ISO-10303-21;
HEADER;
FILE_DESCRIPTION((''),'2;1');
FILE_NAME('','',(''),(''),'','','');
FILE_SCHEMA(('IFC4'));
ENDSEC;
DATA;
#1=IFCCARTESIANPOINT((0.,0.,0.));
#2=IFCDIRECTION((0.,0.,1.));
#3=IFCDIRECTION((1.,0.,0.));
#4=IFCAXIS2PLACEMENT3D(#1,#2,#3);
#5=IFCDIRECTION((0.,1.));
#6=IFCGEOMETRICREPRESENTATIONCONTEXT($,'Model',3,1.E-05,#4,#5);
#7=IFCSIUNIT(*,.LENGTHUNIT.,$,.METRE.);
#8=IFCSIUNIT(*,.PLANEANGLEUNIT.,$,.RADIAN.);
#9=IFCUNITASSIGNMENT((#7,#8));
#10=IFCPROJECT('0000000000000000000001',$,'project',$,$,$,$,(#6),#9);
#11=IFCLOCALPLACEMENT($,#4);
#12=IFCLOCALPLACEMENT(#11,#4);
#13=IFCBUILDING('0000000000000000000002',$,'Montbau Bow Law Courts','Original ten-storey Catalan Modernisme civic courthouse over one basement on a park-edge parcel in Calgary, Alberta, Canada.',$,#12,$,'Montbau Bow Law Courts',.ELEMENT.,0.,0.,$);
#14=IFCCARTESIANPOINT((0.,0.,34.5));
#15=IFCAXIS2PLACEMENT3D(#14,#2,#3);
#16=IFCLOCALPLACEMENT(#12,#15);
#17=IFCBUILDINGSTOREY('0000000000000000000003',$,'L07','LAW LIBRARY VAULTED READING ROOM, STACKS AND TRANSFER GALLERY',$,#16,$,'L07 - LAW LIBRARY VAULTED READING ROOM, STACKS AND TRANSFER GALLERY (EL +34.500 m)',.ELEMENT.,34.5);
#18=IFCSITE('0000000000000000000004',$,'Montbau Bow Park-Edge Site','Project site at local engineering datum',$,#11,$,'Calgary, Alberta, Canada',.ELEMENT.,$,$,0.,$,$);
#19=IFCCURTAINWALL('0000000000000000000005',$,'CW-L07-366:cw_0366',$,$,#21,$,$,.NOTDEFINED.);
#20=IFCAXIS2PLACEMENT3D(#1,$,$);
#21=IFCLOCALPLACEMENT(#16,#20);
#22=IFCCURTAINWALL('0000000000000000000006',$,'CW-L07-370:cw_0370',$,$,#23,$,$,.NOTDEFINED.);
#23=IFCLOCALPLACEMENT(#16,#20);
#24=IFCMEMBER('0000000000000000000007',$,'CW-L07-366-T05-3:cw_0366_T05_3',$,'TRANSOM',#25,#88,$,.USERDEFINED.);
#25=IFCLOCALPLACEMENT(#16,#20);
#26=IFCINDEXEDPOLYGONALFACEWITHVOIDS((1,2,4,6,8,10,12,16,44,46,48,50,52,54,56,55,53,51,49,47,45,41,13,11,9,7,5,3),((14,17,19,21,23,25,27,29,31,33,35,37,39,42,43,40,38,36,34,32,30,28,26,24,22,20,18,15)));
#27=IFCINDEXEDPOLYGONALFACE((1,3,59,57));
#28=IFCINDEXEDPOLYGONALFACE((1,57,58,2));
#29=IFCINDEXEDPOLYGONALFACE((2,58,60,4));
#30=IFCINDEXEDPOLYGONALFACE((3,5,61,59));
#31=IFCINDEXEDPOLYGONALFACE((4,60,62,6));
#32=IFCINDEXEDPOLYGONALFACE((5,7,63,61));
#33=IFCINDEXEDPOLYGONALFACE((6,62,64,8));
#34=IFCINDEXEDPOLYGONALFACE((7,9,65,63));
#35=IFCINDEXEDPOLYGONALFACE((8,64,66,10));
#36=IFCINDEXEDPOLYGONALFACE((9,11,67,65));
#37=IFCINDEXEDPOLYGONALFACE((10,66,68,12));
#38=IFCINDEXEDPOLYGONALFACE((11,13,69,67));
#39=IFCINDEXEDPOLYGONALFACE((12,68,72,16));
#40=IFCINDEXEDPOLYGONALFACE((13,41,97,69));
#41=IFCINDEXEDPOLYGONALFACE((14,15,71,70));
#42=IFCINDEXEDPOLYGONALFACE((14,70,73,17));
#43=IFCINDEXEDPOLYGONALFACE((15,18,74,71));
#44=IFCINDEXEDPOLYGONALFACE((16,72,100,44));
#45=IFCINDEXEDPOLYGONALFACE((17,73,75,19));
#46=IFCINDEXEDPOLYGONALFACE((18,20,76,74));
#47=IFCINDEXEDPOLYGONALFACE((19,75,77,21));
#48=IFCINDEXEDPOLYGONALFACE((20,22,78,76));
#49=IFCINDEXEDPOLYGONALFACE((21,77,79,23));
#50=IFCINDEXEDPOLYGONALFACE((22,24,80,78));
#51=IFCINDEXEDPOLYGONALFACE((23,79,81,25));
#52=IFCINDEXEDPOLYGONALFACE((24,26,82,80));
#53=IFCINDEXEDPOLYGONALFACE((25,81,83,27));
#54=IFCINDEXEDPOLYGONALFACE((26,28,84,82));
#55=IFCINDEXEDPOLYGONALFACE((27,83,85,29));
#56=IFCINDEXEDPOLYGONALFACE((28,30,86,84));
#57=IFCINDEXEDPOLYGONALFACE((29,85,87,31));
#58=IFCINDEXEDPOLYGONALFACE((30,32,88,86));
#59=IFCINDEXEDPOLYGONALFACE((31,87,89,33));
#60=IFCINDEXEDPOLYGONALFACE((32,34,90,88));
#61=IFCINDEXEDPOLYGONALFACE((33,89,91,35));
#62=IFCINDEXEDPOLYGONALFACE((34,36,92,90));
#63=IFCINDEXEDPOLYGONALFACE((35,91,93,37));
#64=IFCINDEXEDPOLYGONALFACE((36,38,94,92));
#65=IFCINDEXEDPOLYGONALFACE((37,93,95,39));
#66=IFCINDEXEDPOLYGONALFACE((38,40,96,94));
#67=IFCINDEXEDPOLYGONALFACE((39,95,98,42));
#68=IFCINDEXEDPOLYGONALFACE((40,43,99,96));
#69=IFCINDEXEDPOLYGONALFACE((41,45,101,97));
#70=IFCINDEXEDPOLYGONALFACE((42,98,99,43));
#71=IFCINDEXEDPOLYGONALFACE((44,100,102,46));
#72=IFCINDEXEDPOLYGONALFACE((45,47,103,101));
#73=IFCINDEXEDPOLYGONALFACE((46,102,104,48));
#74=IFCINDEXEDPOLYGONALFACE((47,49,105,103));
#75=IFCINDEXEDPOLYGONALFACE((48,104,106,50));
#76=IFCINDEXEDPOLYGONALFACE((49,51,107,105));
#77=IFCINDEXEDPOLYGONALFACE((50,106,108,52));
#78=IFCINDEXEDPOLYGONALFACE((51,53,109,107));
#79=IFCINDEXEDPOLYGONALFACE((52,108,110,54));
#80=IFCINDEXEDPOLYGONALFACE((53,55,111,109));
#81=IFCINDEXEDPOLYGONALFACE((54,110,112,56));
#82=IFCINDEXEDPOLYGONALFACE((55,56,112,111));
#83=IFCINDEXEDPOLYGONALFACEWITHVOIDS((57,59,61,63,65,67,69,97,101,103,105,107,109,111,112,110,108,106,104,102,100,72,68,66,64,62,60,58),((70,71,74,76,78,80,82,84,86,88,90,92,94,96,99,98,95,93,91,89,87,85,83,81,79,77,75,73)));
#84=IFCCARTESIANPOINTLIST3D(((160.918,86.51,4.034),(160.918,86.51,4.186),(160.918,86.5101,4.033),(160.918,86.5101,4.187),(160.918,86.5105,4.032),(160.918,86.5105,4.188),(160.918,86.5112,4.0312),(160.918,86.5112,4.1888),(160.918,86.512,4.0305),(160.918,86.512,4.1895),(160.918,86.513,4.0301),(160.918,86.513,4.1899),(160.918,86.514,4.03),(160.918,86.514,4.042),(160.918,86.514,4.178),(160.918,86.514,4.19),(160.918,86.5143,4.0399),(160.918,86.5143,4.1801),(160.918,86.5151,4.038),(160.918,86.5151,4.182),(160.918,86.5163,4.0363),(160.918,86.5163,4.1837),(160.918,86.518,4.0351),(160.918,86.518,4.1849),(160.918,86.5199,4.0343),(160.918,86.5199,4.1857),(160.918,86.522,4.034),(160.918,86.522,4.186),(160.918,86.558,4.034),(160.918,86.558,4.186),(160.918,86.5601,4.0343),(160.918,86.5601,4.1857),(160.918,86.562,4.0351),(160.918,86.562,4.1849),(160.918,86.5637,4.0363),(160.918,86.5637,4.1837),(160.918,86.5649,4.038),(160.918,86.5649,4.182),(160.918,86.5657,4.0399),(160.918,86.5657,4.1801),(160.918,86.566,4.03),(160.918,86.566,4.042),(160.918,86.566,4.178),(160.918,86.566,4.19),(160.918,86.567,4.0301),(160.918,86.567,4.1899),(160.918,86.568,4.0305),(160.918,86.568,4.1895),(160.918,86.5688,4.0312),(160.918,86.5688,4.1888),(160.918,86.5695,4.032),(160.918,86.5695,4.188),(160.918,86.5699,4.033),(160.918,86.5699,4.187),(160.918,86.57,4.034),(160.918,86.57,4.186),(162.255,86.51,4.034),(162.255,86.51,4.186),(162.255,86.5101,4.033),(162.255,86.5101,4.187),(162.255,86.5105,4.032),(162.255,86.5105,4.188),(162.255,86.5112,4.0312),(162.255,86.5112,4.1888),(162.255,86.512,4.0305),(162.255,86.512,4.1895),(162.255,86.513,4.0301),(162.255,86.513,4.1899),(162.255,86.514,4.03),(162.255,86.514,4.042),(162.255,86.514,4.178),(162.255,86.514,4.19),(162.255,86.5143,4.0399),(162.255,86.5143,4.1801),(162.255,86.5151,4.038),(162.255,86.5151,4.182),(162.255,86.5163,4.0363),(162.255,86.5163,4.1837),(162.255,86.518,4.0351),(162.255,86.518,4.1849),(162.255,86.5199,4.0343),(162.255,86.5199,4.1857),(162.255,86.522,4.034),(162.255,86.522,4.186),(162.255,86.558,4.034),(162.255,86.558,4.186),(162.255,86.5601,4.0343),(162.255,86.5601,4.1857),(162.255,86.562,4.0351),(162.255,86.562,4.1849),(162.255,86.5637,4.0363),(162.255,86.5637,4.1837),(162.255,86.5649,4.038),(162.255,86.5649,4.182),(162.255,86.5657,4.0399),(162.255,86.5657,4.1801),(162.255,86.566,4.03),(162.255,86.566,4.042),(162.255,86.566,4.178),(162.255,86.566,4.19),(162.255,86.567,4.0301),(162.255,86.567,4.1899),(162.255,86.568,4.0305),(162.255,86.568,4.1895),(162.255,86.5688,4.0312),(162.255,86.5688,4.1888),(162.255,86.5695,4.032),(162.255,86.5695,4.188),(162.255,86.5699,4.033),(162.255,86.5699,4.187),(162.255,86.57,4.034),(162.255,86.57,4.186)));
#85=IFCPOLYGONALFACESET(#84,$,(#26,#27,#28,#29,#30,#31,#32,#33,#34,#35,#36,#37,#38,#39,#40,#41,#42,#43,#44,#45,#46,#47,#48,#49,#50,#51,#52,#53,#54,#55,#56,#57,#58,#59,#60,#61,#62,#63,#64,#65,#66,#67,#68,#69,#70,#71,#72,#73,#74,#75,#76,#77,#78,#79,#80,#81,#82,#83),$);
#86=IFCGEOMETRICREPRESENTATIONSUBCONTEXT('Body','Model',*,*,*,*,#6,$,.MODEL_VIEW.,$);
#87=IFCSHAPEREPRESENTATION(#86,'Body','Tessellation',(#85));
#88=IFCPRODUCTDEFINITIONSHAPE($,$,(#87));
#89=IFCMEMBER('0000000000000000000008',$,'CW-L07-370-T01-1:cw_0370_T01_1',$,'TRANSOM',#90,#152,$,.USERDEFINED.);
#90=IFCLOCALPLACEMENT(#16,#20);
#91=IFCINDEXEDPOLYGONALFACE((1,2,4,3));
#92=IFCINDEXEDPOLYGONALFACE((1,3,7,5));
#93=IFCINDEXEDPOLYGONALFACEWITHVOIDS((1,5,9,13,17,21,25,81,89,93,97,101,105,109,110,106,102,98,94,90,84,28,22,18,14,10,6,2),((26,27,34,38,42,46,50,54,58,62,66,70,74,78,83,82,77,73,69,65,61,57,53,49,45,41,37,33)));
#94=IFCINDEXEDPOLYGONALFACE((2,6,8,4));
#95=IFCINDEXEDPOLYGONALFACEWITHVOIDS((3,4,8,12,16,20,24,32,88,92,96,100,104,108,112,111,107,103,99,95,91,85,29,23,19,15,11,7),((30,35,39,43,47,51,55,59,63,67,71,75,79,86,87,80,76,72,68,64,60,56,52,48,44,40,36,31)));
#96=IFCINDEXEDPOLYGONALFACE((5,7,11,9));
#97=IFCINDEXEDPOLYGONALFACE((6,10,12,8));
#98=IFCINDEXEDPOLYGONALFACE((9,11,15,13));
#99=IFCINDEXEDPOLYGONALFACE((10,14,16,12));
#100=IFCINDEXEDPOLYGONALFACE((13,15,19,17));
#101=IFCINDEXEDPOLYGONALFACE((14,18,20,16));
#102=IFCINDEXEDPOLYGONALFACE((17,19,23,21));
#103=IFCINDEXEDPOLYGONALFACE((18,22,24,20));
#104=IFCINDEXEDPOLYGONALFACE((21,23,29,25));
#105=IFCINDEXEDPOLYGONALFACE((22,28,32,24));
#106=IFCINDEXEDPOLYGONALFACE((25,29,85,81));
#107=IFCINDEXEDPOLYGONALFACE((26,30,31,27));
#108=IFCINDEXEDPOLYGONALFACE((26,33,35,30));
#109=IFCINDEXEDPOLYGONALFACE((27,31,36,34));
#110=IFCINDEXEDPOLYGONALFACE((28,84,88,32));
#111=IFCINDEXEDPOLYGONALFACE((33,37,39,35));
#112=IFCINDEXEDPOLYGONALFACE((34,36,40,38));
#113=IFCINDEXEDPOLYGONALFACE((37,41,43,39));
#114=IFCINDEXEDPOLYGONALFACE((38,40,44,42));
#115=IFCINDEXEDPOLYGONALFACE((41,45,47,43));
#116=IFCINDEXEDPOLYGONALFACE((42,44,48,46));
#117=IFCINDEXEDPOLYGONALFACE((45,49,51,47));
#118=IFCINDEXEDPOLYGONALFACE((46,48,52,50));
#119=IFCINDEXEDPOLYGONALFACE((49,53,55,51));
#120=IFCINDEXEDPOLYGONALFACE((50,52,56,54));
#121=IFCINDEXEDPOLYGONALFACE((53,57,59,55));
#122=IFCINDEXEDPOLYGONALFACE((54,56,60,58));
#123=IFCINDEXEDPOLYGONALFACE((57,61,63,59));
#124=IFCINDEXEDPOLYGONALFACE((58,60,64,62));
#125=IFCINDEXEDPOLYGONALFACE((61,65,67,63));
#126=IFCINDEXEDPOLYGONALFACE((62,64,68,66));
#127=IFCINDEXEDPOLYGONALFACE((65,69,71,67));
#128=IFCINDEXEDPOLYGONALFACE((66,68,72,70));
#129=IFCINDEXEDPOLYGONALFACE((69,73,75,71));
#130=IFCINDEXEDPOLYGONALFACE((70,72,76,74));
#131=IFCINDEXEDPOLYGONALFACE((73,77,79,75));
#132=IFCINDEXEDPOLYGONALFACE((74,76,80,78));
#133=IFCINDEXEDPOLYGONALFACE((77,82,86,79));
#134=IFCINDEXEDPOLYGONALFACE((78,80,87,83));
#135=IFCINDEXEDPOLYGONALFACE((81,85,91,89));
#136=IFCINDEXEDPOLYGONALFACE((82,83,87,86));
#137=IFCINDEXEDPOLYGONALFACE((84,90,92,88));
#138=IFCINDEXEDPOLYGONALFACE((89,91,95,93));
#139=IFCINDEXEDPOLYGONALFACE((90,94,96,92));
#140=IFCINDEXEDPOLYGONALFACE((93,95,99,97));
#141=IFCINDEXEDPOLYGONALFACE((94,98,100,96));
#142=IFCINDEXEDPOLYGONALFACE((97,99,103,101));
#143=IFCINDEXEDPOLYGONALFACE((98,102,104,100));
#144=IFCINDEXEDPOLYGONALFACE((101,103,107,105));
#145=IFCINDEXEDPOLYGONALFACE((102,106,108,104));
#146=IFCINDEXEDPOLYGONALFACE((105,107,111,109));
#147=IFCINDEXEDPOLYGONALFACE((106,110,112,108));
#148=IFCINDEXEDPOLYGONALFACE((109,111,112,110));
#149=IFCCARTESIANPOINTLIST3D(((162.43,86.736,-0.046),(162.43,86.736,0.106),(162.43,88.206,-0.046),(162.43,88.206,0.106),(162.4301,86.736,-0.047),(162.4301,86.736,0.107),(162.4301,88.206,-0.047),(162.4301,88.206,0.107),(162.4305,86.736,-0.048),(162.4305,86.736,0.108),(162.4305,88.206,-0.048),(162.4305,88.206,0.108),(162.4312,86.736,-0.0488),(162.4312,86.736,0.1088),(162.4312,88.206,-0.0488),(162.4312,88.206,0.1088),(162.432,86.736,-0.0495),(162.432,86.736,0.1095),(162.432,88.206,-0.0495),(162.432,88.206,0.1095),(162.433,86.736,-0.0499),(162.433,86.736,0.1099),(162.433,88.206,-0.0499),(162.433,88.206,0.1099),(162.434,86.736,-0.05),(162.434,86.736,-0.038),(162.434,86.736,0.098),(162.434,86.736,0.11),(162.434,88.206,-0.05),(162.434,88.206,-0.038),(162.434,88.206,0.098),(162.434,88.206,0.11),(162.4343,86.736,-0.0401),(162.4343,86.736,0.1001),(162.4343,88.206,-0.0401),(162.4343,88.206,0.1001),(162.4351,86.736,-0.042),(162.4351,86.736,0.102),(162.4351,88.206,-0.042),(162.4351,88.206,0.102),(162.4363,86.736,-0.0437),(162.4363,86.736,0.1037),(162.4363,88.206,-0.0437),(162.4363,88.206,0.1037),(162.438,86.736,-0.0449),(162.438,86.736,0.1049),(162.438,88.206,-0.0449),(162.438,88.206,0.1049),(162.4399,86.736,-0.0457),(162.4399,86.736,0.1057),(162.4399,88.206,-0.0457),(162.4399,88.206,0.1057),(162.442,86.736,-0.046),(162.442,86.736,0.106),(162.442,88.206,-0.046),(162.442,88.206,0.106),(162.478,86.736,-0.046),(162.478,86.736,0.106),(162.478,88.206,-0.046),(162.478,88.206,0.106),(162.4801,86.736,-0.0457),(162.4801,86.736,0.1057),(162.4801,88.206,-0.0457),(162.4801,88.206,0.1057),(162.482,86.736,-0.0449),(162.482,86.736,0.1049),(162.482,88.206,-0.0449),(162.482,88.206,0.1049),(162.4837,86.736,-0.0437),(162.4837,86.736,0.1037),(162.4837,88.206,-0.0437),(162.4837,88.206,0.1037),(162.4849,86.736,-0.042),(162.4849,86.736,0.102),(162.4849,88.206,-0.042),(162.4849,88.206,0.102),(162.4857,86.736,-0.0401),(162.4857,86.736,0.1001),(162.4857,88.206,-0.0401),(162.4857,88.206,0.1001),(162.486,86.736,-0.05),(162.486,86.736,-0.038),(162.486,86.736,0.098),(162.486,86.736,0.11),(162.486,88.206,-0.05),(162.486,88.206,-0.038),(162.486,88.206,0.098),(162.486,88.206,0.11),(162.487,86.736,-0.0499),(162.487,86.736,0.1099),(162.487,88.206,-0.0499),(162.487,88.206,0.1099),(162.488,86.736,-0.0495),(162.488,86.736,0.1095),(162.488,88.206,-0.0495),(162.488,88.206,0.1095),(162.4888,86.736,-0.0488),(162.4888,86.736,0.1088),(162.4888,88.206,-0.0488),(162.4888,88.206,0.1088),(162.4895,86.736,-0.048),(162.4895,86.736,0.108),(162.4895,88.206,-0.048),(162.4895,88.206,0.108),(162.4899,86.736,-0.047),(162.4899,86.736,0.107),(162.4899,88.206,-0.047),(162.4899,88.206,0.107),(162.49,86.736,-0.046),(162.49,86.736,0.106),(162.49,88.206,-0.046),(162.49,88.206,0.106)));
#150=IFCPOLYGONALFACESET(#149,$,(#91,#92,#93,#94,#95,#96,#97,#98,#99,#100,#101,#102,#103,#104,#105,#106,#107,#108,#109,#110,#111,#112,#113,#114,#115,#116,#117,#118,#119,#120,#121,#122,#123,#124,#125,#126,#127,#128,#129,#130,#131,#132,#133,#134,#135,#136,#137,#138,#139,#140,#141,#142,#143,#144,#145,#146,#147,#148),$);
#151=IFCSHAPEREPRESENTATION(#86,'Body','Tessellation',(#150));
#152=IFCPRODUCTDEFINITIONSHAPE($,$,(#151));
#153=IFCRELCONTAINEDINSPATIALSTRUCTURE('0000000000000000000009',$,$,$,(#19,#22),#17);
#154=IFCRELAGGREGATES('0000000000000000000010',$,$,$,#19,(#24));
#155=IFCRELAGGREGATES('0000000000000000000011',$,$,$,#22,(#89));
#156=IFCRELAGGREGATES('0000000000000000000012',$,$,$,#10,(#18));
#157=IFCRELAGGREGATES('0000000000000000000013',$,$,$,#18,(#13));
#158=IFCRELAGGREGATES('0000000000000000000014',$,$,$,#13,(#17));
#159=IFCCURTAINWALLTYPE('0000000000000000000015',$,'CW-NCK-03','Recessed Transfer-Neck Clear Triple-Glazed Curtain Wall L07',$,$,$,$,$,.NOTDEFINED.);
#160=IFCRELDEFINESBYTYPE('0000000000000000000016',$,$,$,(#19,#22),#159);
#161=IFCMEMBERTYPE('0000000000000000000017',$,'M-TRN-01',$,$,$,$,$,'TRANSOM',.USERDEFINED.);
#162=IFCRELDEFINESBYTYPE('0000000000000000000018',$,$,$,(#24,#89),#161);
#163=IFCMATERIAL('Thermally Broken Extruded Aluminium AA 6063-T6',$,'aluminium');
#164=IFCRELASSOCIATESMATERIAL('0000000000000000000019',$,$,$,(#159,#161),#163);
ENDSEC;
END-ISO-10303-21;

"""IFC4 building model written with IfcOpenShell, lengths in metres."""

from ifc_helpers import new_model, si_unit, direction, frame, origin_with_axes, origin_2d_with_axis, place, context, subcontext, project, spatial, hollow_rectangle, extrude, material, material_profile, profile_set, type_object, element, aggregate, save


model = new_model("IFC4")

# Units and contexts
model_context = context("Model", 3, precision=1e-05, world=origin_with_axes(), true_north=direction((0.0, 1.0)))
body_context = subcontext(model_context, "Body", "Model", "MODEL_VIEW")
ifc_project = project(units=[si_unit("LENGTHUNIT", "METRE"), si_unit("PLANEANGLEUNIT", "RADIAN")], contexts=[model_context])

# Site, building, storey
site_placement = place(None, origin_with_axes())
site = spatial("IfcSite", under=ifc_project, at=site_placement, Name="Montbau Bow Park-Edge Site", Description="Project site at local engineering datum", LongName="Calgary, Alberta, Canada", CompositionType="ELEMENT", RefElevation=0.0)
building_placement = place(site_placement, origin_with_axes())
building = spatial("IfcBuilding", under=site, at=building_placement, Name="Montbau Bow Law Courts", Description="Original ten-storey Catalan Modernisme civic courthouse over one basement on a park-edge parcel in Calgary, Alberta, Canada.", LongName="Montbau Bow Law Courts", CompositionType="ELEMENT", ElevationOfRefHeight=0.0, ElevationOfTerrain=0.0)
storey_placement = place(building_placement, frame((0.0, 0.0, 34.5), z_axis=(0.0, 0.0, 1.0), x_axis=(1.0, 0.0, 0.0)))
storey = spatial("IfcBuildingStorey", under=building, at=storey_placement, Name="L07", Description="LAW LIBRARY VAULTED READING ROOM, STACKS AND TRANSFER GALLERY", LongName="L07 - LAW LIBRARY VAULTED READING ROOM, STACKS AND TRANSFER GALLERY (EL +34.500 m)", CompositionType="ELEMENT", Elevation=34.5)

# Curtain wall
ifc_material_1 = material(Name="Thermally Broken Extruded Aluminium AA 6063-T6", Category="aluminium")
curtain_wall_type = type_object("IfcCurtainWallType", Name="CW-NCK-03", Description="Recessed Transfer-Neck Clear Triple-Glazed Curtain Wall L07", PredefinedType="NOTDEFINED", material=ifc_material_1)
curtain_wall_1_placement = place(None, frame((155.068, 86.54, 34.5), z_axis=(0.0, 0.0, 1.0), x_axis=(1.0, 0.0, 0.0)))
curtain_wall_1 = element("IfcCurtainWall", 1, at=curtain_wall_1_placement, inside=storey, type_object=curtain_wall_type, Name="CW-L07-366:cw_0366", PredefinedType="NOTDEFINED")

# Curtain wall
curtain_wall_2_placement = place(None, frame((162.46, 86.668, 34.5), z_axis=(0.0, 0.0, 1.0), x_axis=(1.0, 0.0, 0.0)))
curtain_wall_2 = element("IfcCurtainWall", 2, at=curtain_wall_2_placement, inside=storey, type_object=curtain_wall_type, Name="CW-L07-370:cw_0370", PredefinedType="NOTDEFINED")

# Members
ifc_material_profile_1 = material_profile(ifc_material_1, hollow_rectangle(XDim=0.06, YDim=0.16, WallThickness=0.004, InnerFilletRadius=0.008, OuterFilletRadius=0.004, at=origin_2d_with_axis()), Name="CWT-160X60", Category="Main", Priority=0)
ifc_profile_set_1 = profile_set([ifc_material_profile_1], Name="Thermally Broken Extruded Aluminium AA 6063-T6")
member_type_1 = type_object("IfcMemberType", Name="M-TRN-01", ElementType="TRANSOM", PredefinedType="USERDEFINED", material=ifc_profile_set_1)
member_1_placement = place(None, frame((160.918, 86.54, 38.61), z_axis=(1.0, 0.0, 0.0), x_axis=(0.0, 1.0, 0.0)))
member_1 = element("IfcMember", 3, at=member_1_placement, type_object=member_type_1, Name="CW-L07-366-T05-3:cw_0366_T05_3", ObjectType="TRANSOM", PredefinedType="USERDEFINED", context=body_context, shape_type="SweptSolid", body=[
    extrude(hollow_rectangle(XDim=0.06, YDim=0.16, WallThickness=0.004, InnerFilletRadius=0.008, OuterFilletRadius=0.004, at=origin_2d_with_axis()), origin_with_axes(), (0.0, 0.0, 1.0), 1.337),
])
member_2_placement = place(None, frame((162.46, 86.736, 34.53), z_axis=(0.0, 1.0, 0.0), x_axis=(-1.0, 0.0, 0.0)))
member_2 = element("IfcMember", 4, at=member_2_placement, type_object=member_type_1, Name="CW-L07-370-T01-1:cw_0370_T01_1", ObjectType="TRANSOM", PredefinedType="USERDEFINED", context=body_context, shape_type="SweptSolid", body=[
    extrude(hollow_rectangle(XDim=0.06, YDim=0.16, WallThickness=0.004, InnerFilletRadius=0.008, OuterFilletRadius=0.004, at=origin_2d_with_axis()), origin_with_axes(), (0.0, 0.0, 1.0), 1.47),
])

aggregate(curtain_wall_1, [member_1])
aggregate(curtain_wall_2, [member_2])

save(model, "model.ifc")
